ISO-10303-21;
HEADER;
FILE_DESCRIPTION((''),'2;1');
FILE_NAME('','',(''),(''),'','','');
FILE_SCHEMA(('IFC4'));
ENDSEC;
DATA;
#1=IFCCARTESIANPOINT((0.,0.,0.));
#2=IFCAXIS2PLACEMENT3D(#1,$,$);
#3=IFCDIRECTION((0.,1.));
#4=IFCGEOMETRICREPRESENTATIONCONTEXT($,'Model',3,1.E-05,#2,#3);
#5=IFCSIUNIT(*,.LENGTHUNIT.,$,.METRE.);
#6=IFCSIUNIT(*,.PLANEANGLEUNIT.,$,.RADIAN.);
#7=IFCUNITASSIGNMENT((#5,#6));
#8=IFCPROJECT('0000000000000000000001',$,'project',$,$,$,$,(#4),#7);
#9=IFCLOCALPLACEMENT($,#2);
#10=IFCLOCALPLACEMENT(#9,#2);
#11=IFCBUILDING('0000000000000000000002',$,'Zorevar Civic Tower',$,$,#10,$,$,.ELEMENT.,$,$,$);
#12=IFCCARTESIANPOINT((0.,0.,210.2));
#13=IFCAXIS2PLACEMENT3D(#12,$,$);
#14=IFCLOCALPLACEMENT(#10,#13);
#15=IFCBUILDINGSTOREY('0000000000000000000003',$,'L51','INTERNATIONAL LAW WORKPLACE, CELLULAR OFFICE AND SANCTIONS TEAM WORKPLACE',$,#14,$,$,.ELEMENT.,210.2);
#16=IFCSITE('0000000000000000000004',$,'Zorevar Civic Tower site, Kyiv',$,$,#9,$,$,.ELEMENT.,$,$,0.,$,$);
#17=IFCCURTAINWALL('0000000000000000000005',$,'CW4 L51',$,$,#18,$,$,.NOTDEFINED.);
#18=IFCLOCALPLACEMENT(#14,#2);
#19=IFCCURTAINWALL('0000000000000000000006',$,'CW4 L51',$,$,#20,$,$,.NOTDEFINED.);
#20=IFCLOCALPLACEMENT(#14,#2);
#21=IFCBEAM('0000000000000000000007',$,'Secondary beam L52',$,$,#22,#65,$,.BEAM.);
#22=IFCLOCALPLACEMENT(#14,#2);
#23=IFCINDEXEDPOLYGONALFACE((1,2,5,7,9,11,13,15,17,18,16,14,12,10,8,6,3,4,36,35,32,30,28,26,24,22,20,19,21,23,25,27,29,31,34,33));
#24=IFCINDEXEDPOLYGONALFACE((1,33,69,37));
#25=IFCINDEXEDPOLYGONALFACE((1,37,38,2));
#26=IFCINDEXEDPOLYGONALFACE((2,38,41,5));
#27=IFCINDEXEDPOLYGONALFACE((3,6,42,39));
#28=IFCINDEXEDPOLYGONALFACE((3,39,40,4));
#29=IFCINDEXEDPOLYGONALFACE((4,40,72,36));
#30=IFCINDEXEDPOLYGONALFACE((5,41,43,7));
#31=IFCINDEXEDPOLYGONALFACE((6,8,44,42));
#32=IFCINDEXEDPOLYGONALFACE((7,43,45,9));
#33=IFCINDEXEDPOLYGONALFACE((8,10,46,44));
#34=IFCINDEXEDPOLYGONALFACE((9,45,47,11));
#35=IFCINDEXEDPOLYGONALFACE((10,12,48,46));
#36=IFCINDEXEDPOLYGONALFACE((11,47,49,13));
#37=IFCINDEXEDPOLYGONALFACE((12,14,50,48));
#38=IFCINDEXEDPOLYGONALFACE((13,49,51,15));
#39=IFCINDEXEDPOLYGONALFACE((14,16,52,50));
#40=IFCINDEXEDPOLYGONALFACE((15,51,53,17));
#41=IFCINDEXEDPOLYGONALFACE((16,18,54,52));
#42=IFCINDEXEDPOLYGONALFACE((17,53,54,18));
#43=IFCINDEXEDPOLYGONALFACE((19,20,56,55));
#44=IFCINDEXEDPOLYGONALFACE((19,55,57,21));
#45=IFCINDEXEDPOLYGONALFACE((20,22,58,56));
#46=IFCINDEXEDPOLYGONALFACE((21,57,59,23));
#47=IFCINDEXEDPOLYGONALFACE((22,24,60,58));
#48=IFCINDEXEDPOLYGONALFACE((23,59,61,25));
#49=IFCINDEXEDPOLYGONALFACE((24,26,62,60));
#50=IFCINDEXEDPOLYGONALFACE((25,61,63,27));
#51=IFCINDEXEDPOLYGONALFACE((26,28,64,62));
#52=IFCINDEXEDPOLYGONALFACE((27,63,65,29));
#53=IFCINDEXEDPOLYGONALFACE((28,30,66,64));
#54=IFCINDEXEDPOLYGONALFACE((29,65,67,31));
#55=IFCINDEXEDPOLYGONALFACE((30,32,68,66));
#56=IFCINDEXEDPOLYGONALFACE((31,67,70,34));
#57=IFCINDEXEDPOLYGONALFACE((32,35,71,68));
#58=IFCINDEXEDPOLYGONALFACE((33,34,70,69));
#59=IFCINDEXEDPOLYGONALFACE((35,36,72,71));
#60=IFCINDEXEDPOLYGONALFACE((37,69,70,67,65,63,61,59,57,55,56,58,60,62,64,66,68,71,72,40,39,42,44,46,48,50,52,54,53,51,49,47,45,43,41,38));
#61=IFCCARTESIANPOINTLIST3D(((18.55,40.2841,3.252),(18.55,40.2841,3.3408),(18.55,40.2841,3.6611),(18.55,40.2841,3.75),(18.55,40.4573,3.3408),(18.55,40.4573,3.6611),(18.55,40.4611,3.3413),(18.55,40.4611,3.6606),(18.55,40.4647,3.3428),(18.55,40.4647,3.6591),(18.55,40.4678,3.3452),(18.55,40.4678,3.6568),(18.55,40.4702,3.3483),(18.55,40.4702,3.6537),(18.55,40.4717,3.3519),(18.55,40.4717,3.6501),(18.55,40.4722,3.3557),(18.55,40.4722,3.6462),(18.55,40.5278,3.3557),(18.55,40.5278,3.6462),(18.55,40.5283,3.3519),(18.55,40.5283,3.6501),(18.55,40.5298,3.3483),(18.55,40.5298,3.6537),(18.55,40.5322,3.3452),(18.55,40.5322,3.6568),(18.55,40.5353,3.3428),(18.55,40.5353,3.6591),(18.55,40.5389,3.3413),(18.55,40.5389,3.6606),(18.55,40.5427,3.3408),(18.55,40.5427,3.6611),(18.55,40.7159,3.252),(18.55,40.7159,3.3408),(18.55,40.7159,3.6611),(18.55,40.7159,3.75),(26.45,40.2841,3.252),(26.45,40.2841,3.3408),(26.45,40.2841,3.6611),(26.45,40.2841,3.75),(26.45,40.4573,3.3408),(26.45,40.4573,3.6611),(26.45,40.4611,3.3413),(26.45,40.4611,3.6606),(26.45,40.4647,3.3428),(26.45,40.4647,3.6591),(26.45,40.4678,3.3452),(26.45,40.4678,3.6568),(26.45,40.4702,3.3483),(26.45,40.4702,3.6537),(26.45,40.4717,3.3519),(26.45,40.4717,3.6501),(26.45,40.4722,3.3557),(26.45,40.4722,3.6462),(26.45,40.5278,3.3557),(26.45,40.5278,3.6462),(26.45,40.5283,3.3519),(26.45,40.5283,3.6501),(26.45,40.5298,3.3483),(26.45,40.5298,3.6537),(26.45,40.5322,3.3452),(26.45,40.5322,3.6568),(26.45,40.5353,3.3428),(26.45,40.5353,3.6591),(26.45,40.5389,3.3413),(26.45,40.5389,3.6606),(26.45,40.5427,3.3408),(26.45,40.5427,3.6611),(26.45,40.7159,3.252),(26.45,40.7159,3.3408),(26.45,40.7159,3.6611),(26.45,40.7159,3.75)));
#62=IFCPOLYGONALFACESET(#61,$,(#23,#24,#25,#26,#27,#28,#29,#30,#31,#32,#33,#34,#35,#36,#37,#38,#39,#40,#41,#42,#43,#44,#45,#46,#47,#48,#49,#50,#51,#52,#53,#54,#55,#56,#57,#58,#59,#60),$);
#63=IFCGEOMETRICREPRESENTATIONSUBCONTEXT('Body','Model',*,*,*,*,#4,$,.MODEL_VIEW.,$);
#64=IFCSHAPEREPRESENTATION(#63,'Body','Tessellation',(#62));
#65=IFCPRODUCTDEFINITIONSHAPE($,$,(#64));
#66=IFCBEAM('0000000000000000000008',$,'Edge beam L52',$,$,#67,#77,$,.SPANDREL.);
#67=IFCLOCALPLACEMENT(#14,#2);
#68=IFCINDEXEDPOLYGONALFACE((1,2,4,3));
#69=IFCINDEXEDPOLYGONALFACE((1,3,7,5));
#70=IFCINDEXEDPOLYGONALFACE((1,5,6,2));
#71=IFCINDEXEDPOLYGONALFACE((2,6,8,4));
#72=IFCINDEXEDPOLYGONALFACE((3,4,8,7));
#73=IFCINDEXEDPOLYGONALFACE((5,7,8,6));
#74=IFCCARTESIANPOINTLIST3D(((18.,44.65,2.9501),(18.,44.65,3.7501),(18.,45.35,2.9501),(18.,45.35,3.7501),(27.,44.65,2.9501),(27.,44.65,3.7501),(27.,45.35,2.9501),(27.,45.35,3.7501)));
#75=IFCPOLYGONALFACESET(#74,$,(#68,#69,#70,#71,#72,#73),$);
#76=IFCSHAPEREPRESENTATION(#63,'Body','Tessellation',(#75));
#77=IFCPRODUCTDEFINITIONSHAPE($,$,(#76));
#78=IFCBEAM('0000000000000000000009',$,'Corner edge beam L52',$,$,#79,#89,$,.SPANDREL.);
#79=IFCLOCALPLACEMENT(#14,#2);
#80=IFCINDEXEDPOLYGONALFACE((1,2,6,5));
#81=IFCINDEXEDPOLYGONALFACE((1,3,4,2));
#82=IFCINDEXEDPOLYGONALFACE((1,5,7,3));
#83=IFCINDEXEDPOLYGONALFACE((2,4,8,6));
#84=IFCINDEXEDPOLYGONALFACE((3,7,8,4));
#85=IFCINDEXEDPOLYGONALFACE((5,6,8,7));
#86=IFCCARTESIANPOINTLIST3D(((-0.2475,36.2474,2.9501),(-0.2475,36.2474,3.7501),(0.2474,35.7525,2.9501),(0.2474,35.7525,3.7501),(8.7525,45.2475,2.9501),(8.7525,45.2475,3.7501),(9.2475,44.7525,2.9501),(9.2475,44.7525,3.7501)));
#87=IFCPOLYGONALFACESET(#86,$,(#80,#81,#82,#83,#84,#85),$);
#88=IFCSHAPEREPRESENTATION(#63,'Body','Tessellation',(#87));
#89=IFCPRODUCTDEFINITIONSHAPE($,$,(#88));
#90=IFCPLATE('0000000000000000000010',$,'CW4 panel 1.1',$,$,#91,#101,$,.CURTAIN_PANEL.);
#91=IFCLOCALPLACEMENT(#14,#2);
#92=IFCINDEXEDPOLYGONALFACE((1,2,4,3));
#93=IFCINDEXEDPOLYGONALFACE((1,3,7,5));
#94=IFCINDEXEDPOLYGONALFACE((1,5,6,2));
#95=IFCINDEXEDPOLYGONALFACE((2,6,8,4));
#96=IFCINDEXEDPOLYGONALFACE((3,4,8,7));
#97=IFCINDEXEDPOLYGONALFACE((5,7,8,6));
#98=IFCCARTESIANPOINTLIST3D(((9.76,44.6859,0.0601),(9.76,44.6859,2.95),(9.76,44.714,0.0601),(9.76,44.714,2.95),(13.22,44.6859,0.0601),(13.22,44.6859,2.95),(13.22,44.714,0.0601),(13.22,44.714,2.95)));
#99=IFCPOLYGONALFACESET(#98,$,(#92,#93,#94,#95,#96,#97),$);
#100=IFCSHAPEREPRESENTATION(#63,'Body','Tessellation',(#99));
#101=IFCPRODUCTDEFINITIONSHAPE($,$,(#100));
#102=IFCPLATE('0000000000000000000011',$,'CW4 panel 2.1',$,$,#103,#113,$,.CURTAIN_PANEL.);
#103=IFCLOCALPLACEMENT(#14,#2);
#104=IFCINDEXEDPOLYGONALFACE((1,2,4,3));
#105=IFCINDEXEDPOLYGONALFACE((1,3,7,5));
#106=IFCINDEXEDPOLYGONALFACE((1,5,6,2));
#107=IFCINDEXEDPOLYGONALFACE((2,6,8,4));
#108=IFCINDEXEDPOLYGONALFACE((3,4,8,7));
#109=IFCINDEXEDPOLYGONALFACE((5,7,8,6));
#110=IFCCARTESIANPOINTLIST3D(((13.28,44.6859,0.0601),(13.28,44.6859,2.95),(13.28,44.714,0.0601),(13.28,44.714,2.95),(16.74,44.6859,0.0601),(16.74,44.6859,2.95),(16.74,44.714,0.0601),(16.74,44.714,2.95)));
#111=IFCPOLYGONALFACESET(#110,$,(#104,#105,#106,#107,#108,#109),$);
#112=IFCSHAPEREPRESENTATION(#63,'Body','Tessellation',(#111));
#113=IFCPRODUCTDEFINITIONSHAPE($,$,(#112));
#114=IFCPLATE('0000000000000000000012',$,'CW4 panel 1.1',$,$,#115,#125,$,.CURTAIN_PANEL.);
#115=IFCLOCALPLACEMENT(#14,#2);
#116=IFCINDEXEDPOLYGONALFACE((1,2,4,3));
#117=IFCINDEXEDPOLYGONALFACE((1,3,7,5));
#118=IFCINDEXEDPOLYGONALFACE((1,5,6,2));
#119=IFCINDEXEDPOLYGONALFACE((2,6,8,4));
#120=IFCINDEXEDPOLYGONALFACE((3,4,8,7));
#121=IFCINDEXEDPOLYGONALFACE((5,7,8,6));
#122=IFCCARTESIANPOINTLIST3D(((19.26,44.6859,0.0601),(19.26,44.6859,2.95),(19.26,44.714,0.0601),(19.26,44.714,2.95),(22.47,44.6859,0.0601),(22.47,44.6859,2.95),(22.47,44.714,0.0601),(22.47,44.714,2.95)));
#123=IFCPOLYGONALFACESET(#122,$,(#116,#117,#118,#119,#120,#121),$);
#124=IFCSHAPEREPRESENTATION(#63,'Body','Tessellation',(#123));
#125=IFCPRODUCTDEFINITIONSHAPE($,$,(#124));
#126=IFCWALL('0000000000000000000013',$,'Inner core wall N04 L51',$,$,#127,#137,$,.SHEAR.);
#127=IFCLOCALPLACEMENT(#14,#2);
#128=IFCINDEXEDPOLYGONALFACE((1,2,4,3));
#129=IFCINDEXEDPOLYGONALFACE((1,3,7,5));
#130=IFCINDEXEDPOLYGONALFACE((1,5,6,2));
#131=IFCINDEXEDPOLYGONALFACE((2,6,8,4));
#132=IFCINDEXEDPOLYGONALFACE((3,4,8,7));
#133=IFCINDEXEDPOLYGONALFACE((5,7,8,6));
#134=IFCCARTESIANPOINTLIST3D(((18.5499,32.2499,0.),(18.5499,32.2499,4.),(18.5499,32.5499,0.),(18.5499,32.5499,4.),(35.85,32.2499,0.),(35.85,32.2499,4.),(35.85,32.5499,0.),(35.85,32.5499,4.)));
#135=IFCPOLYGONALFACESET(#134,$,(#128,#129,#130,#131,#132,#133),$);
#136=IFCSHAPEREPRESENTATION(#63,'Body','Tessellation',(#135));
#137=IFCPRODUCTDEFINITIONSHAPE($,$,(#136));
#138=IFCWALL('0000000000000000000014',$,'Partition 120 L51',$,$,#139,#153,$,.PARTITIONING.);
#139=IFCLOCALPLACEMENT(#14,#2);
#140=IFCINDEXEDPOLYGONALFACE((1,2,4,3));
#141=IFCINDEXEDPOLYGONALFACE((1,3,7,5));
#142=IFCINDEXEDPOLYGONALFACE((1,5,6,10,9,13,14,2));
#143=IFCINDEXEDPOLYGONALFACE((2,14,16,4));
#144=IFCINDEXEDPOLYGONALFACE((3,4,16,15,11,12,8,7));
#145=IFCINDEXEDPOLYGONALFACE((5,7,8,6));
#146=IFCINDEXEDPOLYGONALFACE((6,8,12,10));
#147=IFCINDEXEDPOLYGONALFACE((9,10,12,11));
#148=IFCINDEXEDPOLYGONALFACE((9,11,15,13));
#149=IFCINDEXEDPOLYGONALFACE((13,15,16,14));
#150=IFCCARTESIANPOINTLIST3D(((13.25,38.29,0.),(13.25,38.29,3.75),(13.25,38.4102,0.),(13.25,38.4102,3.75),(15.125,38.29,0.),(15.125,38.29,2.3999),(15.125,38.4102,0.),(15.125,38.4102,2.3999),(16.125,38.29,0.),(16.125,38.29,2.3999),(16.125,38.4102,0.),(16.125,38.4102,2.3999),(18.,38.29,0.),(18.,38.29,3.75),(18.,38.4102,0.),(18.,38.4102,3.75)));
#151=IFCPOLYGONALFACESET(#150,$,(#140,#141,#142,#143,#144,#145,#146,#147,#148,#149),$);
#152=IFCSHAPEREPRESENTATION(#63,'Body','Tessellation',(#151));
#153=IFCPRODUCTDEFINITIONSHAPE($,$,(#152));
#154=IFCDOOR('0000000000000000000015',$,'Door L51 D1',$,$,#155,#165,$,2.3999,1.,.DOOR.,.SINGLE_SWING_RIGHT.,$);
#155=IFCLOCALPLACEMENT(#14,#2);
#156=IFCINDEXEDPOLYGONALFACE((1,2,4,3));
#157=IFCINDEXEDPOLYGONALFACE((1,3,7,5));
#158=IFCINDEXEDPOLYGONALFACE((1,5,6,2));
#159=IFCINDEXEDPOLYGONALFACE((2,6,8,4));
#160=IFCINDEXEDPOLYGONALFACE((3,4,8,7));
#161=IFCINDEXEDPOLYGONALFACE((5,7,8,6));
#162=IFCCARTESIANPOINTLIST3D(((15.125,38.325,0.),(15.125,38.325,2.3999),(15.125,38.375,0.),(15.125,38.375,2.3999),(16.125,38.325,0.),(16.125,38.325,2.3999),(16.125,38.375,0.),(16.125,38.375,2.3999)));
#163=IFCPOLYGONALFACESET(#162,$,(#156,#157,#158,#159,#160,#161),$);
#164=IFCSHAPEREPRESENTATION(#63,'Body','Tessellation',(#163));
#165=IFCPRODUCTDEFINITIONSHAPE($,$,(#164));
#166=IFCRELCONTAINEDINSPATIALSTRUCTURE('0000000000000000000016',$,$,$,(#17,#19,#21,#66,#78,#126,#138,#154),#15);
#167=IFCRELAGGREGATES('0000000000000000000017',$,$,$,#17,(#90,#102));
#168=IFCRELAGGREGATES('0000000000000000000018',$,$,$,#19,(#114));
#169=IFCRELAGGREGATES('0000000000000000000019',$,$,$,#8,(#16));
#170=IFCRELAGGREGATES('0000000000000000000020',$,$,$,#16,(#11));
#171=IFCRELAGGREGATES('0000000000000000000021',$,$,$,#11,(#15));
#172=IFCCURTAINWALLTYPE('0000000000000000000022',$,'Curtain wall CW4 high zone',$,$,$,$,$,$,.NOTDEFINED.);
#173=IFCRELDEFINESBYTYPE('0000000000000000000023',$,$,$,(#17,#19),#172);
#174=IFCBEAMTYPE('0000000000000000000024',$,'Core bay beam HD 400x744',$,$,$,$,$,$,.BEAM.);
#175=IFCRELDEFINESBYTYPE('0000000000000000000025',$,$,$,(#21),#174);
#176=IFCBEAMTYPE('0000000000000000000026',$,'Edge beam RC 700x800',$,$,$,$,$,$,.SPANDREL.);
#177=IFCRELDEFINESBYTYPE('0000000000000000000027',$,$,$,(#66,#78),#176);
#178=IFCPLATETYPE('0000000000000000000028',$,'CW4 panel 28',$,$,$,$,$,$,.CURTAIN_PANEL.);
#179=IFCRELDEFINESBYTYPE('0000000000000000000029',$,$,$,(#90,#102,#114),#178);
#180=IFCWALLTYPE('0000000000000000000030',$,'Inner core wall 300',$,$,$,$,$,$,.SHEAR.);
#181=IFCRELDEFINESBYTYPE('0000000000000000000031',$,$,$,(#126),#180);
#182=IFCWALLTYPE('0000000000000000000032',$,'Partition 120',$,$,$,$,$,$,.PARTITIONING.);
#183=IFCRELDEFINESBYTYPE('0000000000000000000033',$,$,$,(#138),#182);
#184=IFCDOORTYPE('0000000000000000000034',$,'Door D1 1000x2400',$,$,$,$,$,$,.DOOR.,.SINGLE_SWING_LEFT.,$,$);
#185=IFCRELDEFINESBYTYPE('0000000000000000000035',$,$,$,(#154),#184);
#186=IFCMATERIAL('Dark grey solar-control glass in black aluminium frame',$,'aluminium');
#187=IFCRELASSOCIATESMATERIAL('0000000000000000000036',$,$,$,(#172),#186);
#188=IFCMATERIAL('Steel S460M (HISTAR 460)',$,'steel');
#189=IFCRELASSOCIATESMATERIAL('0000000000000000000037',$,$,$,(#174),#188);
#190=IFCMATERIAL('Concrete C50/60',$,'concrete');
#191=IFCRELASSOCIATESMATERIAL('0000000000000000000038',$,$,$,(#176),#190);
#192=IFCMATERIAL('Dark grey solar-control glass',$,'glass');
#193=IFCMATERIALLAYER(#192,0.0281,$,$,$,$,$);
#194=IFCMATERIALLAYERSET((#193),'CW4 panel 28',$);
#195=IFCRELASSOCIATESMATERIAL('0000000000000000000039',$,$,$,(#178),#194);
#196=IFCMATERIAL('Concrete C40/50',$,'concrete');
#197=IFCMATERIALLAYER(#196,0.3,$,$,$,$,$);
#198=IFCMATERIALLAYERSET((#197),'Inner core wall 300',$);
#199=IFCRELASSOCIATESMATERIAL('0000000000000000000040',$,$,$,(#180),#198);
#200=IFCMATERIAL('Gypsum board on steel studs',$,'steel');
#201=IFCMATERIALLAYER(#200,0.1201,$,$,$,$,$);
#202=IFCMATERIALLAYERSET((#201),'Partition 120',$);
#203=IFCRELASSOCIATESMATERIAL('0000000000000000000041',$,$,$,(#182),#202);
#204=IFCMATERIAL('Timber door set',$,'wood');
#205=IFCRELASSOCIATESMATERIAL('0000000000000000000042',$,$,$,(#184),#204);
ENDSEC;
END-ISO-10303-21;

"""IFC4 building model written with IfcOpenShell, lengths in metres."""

from ifc_helpers import new_model, si_unit, direction, frame, frame_2d, origin, origin_2d, place, context, subcontext, project, spatial, rectangle, i_section, extrude, material, layer, layer_set, material_profile, profile_set, type_object, element, fill, aggregate, save


model = new_model("IFC4")

# Units and contexts
model_context = context("Model", 3, precision=1e-05, world=origin(), true_north=direction((0.0, 1.0)))
body_context = subcontext(model_context, "Body", "Model", "MODEL_VIEW")
ifc_project = project(units=[si_unit("LENGTHUNIT", "METRE"), si_unit("PLANEANGLEUNIT", "RADIAN")], contexts=[model_context])

# Site, building, storey
site_placement = place(None, origin())
site = spatial("IfcSite", under=ifc_project, at=site_placement, Name="Zorevar Civic Tower site, Kyiv", CompositionType="ELEMENT", RefElevation=0.0)
building_placement = place(site_placement, origin())
building = spatial("IfcBuilding", under=site, at=building_placement, Name="Zorevar Civic Tower", CompositionType="ELEMENT")
storey_placement = place(building_placement, frame((0.0, 0.0, 210.2)))
storey = spatial("IfcBuildingStorey", under=building, at=storey_placement, Name="L51", Description="INTERNATIONAL LAW WORKPLACE, CELLULAR OFFICE AND SANCTIONS TEAM WORKPLACE", CompositionType="ELEMENT", Elevation=210.2)

# Curtain wall
ifc_material_1 = material(Name="Dark grey solar-control glass in black aluminium frame", Category="aluminium")
curtain_wall_type = type_object("IfcCurtainWallType", Name="Curtain wall CW4 high zone", PredefinedType="NOTDEFINED", material=ifc_material_1)
curtain_wall_1_placement = place(storey_placement, origin())
curtain_wall_1 = element("IfcCurtainWall", 1, at=curtain_wall_1_placement, inside=storey, type_object=curtain_wall_type, Name="CW4 L51", PredefinedType="NOTDEFINED")

# Curtain wall
curtain_wall_2_placement = place(storey_placement, origin())
curtain_wall_2 = element("IfcCurtainWall", 2, at=curtain_wall_2_placement, inside=storey, type_object=curtain_wall_type, Name="CW4 L51", PredefinedType="NOTDEFINED")

# Beams
ifc_material_2 = material(Name="Steel S460M (HISTAR 460)", Category="steel")
ifc_material_profile_1 = material_profile(ifc_material_2, i_section(OverallWidth=0.4319, OverallDepth=0.498, WebThickness=0.0557, FlangeThickness=0.0889, FilletRadius=0.0149, at=origin_2d()), Name="HD 400x744")
ifc_profile_set_1 = profile_set([ifc_material_profile_1], Name="Steel S460M (HISTAR 460)")
beam_type_1 = type_object("IfcBeamType", Name="Core bay beam HD 400x744", PredefinedType="BEAM", material=ifc_profile_set_1)
beam_1_placement = place(storey_placement, frame((18.55, 40.5, 3.501), z_axis=(1.0, 0.0, 0.0), x_axis=(0.0, 1.0, 0.0)))
element("IfcBeam", 3, at=beam_1_placement, inside=storey, type_object=beam_type_1, Name="Secondary beam L52", PredefinedType="BEAM", context=body_context, shape_type="SweptSolid", body=[
    extrude(i_section(OverallWidth=0.4319, OverallDepth=0.498, WebThickness=0.0557, FlangeThickness=0.0889, FilletRadius=0.0149, at=origin_2d()), origin(), (0.0, 0.0, 1.0), 7.8999),
])
ifc_material_3 = material(Name="Concrete C50/60", Category="concrete")
ifc_material_profile_2 = material_profile(ifc_material_3, rectangle(XDim=0.7, YDim=0.8, at=origin_2d()), Name="RC 700x800")
ifc_profile_set_2 = profile_set([ifc_material_profile_2], Name="Concrete C50/60")
beam_type_2 = type_object("IfcBeamType", Name="Edge beam RC 700x800", PredefinedType="SPANDREL", material=ifc_profile_set_2)
beam_2_placement = place(storey_placement, frame((18.0, 45.0, 3.3501), z_axis=(1.0, 0.0, 0.0), x_axis=(0.0, 1.0, 0.0)))
element("IfcBeam", 4, at=beam_2_placement, inside=storey, type_object=beam_type_2, Name="Edge beam L52", PredefinedType="SPANDREL", context=body_context, shape_type="SweptSolid", body=[
    extrude(rectangle(XDim=0.7, YDim=0.8, at=origin_2d()), origin(), (0.0, 0.0, 1.0), 9.0),
])
beam_3_placement = place(storey_placement, frame((9.0, 45.0, 3.3501), z_axis=(-0.707107, -0.707107, 0.0), x_axis=(0.707107, -0.707107, 0.0)))
element("IfcBeam", 5, at=beam_3_placement, inside=storey, type_object=beam_type_2, Name="Corner edge beam L52", PredefinedType="SPANDREL", context=body_context, shape_type="SweptSolid", body=[
    extrude(rectangle(XDim=0.7, YDim=0.8, at=origin_2d()), origin(), (0.0, 0.0, 1.0), 12.728),
])

# Plates
ifc_material_4 = material(Name="Dark grey solar-control glass", Category="glass")
ifc_layer_1 = layer(ifc_material_4, 0.0281)
ifc_layer_set_1 = layer_set([ifc_layer_1], Name="CW4 panel 28")
plate_type = type_object("IfcPlateType", Name="CW4 panel 28", PredefinedType="CURTAIN_PANEL", material=ifc_layer_set_1)
plate_1_placement = place(storey_placement, frame((11.49, 44.7, 0.0601), z_axis=(0.0, 0.0, 1.0), x_axis=(1.0, 0.0, 0.0)))
plate_1 = element("IfcPlate", 6, at=plate_1_placement, type_object=plate_type, Name="CW4 panel 1.1", PredefinedType="CURTAIN_PANEL", context=body_context, shape_type="SweptSolid", body=[
    extrude(rectangle(XDim=3.46, YDim=0.0281, at=origin_2d()), origin(), (0.0, 0.0, 1.0), 2.8899),
])
plate_2_placement = place(storey_placement, frame((15.01, 44.7, 0.0601), z_axis=(0.0, 0.0, 1.0), x_axis=(1.0, 0.0, 0.0)))
plate_2 = element("IfcPlate", 7, at=plate_2_placement, type_object=plate_type, Name="CW4 panel 2.1", PredefinedType="CURTAIN_PANEL", context=body_context, shape_type="SweptSolid", body=[
    extrude(rectangle(XDim=3.46, YDim=0.0281, at=origin_2d()), origin(), (0.0, 0.0, 1.0), 2.8899),
])
aggregate(curtain_wall_1, [plate_1, plate_2])
plate_3_placement = place(storey_placement, frame((20.865, 44.7, 0.0601), z_axis=(0.0, 0.0, 1.0), x_axis=(1.0, 0.0, 0.0)))
plate_3 = element("IfcPlate", 8, at=plate_3_placement, type_object=plate_type, Name="CW4 panel 1.1", PredefinedType="CURTAIN_PANEL", context=body_context, shape_type="SweptSolid", body=[
    extrude(rectangle(XDim=3.21, YDim=0.0281, at=origin_2d()), origin(), (0.0, 0.0, 1.0), 2.8899),
])
aggregate(curtain_wall_2, [plate_3])

# Wall
ifc_material_5 = material(Name="Concrete C40/50", Category="concrete")
ifc_layer_2 = layer(ifc_material_5, 0.3)
ifc_layer_set_2 = layer_set([ifc_layer_2], Name="Inner core wall 300")
wall_type_1 = type_object("IfcWallType", Name="Inner core wall 300", PredefinedType="SHEAR", material=ifc_layer_set_2)
wall_1_placement = place(storey_placement, frame((18.55, 32.3999, 0.0), z_axis=(0.0, 0.0, 1.0), x_axis=(1.0, 0.0, 0.0)))
element("IfcWall", 9, at=wall_1_placement, inside=storey, type_object=wall_type_1, Name="Inner core wall N04 L51", PredefinedType="SHEAR", context=body_context, shape_type="SweptSolid", body=[
    extrude(rectangle(XDim=17.3, YDim=0.3, at=frame_2d((8.6499, 0.0))), origin(), (0.0, 0.0, 1.0), 4.0),
])

# Wall, opening, door
ifc_material_6 = material(Name="Gypsum board on steel studs", Category="steel")
ifc_layer_3 = layer(ifc_material_6, 0.1201)
ifc_layer_set_3 = layer_set([ifc_layer_3], Name="Partition 120")
wall_type_2 = type_object("IfcWallType", Name="Partition 120", PredefinedType="PARTITIONING", material=ifc_layer_set_3)
wall_2_placement = place(storey_placement, frame((13.25, 38.3501, 0.0), z_axis=(0.0, 0.0, 1.0), x_axis=(1.0, 0.0, 0.0)))
wall_2 = element("IfcWall", 10, at=wall_2_placement, inside=storey, type_object=wall_type_2, Name="Partition 120 L51", PredefinedType="PARTITIONING", context=body_context, shape_type="SweptSolid", body=[
    extrude(rectangle(XDim=4.75, YDim=0.1201, at=frame_2d((2.375, 0.0))), origin(), (0.0, 0.0, 1.0), 3.75),
])
opening_1_placement = place(wall_2_placement, frame((1.875, 0.0, 0.0)))
opening_1 = element("IfcOpeningElement", 11, at=opening_1_placement, cuts=wall_2, PredefinedType="OPENING", context=body_context, shape_type="SweptSolid", body=[
    extrude(rectangle(XDim=1.0, YDim=2.3999, at=frame_2d((0.5, 1.2))), frame((0.0, 0.0701, 0.0), z_axis=(0.0, -1.0, 0.0), x_axis=(1.0, 0.0, 0.0)), (0.0, 0.0, 1.0), 0.1401),
])
ifc_material_7 = material(Name="Timber door set", Category="wood")
door_type_1 = type_object("IfcDoorType", Name="Door D1 1000x2400", OperationType="SINGLE_SWING_LEFT", PredefinedType="DOOR", material=ifc_material_7)
door_1_placement = place(opening_1_placement, origin())
door_1 = element("IfcDoor", 12, at=door_1_placement, inside=storey, type_object=door_type_1, Name="Door L51 D1", OperationType="SINGLE_SWING_RIGHT", OverallHeight=2.3999, OverallWidth=1.0, PredefinedType="DOOR", context=body_context, shape_type="SweptSolid", body=[
    extrude(rectangle(XDim=1.0, YDim=2.3999, at=frame_2d((0.5, 1.2))), frame((0.0, 0.0249, 0.0), z_axis=(0.0, -1.0, 0.0), x_axis=(1.0, 0.0, 0.0)), (0.0, 0.0, 1.0), 0.05),
])
fill(opening_1, door_1)

save(model, "model.ifc")
